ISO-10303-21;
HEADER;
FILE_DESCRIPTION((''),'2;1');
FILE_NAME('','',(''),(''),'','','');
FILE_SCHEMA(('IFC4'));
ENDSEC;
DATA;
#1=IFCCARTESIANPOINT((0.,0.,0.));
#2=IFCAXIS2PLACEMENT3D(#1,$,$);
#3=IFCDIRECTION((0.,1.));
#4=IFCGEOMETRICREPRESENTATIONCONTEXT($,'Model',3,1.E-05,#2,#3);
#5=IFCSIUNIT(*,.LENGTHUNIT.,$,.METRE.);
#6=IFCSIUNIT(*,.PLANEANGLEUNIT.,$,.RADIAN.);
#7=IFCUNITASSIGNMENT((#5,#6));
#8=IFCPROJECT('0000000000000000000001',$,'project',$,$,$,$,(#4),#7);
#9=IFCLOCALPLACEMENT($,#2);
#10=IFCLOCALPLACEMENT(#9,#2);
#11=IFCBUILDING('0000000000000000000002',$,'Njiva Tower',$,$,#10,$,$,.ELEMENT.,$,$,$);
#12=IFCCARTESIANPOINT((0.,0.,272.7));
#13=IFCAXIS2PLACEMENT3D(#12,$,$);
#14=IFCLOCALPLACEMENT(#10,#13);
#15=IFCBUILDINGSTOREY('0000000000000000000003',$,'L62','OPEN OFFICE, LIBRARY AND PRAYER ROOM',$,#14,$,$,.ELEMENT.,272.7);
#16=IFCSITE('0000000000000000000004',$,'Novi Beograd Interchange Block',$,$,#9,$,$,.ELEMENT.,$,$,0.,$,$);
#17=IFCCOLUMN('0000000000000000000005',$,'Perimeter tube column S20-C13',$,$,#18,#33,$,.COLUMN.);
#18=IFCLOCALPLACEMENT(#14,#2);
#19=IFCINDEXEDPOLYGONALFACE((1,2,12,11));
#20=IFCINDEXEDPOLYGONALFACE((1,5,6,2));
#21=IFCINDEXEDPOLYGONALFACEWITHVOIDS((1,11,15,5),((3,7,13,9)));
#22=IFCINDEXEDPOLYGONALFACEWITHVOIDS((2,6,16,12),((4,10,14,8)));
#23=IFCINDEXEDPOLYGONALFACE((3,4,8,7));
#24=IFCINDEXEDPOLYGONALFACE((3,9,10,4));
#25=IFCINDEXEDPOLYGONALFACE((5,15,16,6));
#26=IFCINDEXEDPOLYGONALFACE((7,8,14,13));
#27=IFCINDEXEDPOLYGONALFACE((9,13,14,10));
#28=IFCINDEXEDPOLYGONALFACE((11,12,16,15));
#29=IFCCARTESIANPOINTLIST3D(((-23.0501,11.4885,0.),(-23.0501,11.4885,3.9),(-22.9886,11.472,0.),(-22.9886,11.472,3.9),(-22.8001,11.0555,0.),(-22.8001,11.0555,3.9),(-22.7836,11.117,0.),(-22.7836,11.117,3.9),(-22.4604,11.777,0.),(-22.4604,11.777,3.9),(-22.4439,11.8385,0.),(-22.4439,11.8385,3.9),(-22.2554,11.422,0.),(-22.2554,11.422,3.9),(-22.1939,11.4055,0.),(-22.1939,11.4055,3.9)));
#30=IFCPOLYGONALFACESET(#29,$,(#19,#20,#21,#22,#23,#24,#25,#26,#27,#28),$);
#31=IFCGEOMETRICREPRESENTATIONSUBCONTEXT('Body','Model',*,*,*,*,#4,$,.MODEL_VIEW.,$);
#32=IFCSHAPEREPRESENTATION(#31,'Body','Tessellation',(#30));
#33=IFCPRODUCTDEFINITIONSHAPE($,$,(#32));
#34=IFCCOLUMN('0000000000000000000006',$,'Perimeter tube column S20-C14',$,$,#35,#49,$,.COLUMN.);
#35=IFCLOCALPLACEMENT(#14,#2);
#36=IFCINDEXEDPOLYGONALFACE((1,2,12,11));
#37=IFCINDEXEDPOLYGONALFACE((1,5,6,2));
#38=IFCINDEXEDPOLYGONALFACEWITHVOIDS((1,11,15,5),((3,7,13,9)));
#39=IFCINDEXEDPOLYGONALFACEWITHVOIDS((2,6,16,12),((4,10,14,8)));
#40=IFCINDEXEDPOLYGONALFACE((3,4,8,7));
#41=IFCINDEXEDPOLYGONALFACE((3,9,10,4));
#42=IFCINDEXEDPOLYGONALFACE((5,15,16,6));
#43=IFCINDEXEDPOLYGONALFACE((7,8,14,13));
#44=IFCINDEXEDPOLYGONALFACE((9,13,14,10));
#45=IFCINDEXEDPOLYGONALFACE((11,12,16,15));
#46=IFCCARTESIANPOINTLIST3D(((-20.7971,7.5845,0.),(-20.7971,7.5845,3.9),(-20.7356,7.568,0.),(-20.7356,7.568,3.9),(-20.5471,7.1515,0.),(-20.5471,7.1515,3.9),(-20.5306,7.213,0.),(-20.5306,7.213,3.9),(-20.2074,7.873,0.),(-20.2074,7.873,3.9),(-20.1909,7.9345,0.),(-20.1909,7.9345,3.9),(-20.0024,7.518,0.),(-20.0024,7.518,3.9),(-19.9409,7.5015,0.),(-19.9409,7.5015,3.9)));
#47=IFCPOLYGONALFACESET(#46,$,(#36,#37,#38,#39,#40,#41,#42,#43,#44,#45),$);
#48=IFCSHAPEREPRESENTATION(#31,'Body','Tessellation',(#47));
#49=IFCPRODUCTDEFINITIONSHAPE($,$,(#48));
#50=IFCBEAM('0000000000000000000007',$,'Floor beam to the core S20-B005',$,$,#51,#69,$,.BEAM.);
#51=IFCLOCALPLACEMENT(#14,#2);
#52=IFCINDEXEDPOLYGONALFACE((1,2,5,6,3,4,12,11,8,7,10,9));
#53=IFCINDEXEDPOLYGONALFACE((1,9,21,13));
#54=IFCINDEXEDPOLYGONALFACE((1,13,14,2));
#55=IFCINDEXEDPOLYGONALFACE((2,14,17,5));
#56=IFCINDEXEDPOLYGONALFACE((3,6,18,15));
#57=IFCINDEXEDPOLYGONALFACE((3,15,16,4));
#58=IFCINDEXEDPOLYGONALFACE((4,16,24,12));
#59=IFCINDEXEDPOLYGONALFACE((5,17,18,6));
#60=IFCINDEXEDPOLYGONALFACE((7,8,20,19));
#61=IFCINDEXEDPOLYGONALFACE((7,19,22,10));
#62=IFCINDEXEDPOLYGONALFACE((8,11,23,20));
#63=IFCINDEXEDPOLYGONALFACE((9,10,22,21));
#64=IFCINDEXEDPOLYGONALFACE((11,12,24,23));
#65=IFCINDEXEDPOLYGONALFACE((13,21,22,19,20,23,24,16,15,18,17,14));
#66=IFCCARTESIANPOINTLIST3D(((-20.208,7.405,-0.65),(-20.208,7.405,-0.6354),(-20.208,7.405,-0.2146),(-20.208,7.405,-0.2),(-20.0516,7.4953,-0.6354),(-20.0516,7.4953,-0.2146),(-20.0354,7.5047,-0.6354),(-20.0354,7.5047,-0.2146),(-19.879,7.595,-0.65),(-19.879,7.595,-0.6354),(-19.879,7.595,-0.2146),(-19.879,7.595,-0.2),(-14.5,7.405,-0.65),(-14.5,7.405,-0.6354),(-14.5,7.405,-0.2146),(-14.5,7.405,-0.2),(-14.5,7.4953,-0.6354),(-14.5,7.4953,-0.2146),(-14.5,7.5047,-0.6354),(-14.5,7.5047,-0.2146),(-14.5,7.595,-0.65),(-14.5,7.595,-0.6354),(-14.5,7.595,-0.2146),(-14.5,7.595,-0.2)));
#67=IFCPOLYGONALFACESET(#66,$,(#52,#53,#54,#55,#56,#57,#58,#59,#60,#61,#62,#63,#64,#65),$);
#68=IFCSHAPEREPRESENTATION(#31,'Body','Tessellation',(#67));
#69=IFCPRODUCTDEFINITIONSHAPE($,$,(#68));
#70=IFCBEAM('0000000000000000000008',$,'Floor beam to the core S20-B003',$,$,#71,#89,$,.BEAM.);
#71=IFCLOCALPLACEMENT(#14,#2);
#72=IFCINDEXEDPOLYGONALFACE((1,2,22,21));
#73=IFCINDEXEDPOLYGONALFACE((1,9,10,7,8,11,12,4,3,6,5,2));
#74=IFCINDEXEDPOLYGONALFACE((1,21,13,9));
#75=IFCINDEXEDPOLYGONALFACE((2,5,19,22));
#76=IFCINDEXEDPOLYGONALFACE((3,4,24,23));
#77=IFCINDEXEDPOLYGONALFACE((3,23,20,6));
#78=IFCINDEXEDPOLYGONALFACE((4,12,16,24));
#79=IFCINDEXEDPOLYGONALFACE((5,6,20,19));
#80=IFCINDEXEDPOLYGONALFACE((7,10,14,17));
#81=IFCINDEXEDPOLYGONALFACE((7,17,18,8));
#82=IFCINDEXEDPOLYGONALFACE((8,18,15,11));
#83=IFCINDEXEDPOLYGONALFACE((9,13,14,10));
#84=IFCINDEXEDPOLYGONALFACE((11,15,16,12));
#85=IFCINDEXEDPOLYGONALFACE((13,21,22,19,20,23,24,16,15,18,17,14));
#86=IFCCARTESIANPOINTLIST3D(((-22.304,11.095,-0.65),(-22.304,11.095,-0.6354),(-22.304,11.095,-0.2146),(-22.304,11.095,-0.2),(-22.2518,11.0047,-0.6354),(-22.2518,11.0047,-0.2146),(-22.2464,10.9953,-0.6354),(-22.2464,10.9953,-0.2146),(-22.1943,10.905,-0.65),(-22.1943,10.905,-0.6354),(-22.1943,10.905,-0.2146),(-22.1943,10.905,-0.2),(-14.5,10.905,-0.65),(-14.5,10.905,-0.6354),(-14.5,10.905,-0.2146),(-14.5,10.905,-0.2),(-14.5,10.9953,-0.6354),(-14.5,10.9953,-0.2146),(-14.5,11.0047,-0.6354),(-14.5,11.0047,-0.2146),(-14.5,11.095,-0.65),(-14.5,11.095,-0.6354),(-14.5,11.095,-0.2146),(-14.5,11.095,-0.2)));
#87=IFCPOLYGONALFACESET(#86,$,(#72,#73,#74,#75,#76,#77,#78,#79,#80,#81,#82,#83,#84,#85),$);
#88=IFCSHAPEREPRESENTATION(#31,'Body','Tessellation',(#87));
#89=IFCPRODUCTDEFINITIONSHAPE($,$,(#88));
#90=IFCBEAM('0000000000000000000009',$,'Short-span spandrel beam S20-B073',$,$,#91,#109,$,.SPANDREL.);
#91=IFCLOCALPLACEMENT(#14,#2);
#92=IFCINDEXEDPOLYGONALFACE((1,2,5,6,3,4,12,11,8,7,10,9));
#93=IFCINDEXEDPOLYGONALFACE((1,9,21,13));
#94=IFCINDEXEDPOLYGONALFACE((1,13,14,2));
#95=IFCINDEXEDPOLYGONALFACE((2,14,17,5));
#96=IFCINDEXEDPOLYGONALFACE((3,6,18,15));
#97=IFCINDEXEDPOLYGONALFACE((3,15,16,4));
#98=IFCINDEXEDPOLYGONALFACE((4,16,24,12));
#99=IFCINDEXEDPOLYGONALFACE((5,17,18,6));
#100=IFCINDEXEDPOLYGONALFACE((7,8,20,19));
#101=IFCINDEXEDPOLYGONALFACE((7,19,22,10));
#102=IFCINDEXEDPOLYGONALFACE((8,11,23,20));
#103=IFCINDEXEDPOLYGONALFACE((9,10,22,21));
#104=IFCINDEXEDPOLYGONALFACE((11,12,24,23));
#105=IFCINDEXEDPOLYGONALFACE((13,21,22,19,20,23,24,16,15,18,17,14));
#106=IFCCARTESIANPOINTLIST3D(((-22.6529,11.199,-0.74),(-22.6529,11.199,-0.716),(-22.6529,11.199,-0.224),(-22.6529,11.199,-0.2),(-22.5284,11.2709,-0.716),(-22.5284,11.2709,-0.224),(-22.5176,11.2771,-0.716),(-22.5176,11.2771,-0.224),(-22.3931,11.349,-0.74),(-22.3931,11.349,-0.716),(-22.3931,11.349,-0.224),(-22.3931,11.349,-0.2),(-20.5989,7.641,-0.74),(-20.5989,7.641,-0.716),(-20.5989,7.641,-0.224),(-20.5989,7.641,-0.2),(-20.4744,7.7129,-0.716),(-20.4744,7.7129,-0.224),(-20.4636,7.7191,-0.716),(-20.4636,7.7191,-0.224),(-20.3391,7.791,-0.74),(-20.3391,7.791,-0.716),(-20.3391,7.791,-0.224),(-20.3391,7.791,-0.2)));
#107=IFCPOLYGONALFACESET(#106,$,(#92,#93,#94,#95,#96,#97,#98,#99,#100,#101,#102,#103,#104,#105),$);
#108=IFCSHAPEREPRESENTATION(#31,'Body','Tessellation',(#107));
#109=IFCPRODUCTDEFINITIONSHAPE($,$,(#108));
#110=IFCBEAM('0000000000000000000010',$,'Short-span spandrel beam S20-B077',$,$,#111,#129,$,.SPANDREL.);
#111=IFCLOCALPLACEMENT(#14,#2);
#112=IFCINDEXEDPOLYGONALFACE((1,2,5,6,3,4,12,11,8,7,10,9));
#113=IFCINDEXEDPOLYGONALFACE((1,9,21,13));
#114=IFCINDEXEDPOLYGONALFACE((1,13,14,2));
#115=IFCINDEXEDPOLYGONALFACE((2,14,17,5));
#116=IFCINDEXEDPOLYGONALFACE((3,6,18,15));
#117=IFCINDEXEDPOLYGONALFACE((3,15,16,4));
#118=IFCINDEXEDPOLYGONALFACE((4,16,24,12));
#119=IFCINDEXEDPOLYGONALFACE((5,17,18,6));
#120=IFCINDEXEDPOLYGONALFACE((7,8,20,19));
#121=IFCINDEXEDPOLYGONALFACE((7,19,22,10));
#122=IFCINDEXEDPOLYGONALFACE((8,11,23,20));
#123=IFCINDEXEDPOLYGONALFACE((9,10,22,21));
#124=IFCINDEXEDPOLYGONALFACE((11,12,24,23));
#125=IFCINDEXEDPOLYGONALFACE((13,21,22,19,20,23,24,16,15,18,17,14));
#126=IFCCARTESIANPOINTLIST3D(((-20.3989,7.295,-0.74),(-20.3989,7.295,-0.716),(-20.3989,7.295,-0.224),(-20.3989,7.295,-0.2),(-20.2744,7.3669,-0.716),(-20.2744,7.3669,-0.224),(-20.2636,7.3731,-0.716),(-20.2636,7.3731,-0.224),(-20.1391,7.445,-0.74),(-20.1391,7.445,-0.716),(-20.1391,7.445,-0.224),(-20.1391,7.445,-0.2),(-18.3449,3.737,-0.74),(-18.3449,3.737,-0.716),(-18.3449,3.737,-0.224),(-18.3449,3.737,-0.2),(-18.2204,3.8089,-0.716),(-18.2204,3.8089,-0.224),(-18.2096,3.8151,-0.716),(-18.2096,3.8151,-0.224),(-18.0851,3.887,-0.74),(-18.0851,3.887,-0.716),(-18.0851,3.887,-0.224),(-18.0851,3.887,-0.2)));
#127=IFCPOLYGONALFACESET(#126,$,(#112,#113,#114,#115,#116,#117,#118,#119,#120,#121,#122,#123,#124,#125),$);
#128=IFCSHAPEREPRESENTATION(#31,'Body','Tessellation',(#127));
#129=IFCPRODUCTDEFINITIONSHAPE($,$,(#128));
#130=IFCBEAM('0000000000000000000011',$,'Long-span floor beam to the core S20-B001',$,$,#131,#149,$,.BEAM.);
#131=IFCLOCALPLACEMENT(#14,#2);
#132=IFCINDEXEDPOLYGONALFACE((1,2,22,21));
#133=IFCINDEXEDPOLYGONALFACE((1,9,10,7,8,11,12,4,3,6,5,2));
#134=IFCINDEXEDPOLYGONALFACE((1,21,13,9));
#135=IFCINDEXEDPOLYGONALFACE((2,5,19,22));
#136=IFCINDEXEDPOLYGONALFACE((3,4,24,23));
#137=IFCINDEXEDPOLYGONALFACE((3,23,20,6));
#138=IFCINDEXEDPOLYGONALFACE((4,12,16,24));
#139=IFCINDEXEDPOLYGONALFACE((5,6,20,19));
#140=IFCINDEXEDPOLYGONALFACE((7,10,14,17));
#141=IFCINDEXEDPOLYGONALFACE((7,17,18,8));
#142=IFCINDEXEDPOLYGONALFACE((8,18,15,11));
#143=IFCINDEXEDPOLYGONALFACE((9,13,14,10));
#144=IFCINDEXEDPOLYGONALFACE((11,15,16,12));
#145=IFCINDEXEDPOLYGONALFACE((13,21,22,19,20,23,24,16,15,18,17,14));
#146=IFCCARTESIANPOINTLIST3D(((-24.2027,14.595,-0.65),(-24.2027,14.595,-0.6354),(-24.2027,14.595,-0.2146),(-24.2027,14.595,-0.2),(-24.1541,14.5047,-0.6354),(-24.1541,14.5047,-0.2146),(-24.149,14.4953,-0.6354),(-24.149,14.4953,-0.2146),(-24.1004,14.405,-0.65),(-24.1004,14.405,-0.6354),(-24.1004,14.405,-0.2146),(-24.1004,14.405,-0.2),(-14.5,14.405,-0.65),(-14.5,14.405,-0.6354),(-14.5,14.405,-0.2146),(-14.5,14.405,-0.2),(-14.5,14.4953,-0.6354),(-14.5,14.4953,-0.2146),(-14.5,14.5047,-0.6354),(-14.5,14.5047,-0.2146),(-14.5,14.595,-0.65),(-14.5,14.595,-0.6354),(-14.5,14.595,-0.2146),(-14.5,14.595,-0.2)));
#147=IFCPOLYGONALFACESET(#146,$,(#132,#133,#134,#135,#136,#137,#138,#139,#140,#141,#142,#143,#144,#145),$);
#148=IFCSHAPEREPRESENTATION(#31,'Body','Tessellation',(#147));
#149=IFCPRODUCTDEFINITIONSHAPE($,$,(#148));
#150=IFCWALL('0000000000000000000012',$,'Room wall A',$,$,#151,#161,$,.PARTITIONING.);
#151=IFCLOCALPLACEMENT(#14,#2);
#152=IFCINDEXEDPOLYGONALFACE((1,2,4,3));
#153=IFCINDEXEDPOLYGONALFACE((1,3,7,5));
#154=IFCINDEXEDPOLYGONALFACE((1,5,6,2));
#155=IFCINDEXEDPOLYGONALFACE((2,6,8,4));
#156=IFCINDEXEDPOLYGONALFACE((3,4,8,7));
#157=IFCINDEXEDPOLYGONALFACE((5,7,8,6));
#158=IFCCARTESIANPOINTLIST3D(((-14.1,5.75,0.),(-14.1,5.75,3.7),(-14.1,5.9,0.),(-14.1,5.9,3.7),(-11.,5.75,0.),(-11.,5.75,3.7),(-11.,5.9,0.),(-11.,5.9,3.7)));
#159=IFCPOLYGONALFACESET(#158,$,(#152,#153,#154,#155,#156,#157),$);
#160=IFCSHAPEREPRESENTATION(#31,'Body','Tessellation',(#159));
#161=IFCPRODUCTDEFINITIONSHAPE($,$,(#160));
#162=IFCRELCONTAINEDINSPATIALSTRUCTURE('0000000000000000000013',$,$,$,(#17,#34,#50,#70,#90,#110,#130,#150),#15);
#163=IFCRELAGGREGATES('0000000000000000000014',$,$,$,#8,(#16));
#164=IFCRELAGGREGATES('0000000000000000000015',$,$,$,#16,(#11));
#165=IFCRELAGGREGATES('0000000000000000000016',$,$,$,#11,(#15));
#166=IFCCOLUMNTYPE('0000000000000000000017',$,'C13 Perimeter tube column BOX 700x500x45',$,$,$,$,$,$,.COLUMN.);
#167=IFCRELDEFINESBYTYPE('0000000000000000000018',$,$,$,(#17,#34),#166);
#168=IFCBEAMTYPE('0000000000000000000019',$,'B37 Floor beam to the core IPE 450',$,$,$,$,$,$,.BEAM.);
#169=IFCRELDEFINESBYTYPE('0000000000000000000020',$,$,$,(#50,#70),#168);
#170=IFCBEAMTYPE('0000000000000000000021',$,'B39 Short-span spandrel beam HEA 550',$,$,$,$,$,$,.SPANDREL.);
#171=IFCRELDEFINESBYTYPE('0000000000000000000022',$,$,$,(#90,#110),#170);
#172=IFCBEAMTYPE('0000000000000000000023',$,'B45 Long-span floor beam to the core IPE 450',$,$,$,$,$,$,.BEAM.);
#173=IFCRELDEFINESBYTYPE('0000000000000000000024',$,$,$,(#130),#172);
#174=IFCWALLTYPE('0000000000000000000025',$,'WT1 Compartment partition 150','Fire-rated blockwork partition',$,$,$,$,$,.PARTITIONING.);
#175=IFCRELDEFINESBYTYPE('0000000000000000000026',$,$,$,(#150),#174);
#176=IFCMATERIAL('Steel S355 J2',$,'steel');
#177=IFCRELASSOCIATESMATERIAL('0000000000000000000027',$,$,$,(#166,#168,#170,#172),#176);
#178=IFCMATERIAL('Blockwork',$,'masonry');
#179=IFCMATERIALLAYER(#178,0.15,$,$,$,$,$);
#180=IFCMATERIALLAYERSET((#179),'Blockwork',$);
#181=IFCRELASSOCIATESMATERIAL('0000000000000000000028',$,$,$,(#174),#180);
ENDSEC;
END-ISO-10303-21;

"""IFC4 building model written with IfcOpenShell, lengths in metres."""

from ifc_helpers import new_model, si_unit, direction, frame, frame_2d, origin, origin_2d, place, context, subcontext, project, spatial, rectangle, hollow_rectangle, i_section, extrude, clip, halfspace, material, layer, layer_set, material_profile, profile_set, type_object, element, save


model = new_model("IFC4")

# Units and contexts
model_context = context("Model", 3, precision=1e-05, world=origin(), true_north=direction((0.0, 1.0)))
body_context = subcontext(model_context, "Body", "Model", "MODEL_VIEW")
ifc_project = project(units=[si_unit("LENGTHUNIT", "METRE"), si_unit("PLANEANGLEUNIT", "RADIAN")], contexts=[model_context])

# Site, building, storey
site_placement = place(None, origin())
site = spatial("IfcSite", under=ifc_project, at=site_placement, Name="Novi Beograd Interchange Block", CompositionType="ELEMENT", RefElevation=0.0)
building_placement = place(site_placement, origin())
building = spatial("IfcBuilding", under=site, at=building_placement, Name="Njiva Tower", CompositionType="ELEMENT")
storey_placement = place(building_placement, frame((0.0, 0.0, 272.7)))
storey = spatial("IfcBuildingStorey", under=building, at=storey_placement, Name="L62", Description="OPEN OFFICE, LIBRARY AND PRAYER ROOM", CompositionType="ELEMENT", Elevation=272.7)

# Columns
ifc_material_1 = material(Name="Steel S355 J2", Category="steel")
ifc_material_profile_1 = material_profile(ifc_material_1, hollow_rectangle(XDim=0.5, YDim=0.7, WallThickness=0.045, at=origin_2d()), Name="BOX 700x500x45")
ifc_profile_set_1 = profile_set([ifc_material_profile_1], Name="Steel S355 J2")
column_type = type_object("IfcColumnType", Name="C13 Perimeter tube column BOX 700x500x45", PredefinedType="COLUMN", material=ifc_profile_set_1)
for number, where, z_axis, x_axis, name in (
    (1, (-22.622, 11.447, 0.0), (0.0, 0.0, 1.0), (0.5, -0.866025, 0.0), "Perimeter tube column S20-C13"),
    (2, (-20.369, 7.543, 0.0), (0.0, 0.0, 1.0), (0.5, -0.866025, 0.0), "Perimeter tube column S20-C14"),
):
    element("IfcColumn", number, at=place(storey_placement, frame(where, z_axis=z_axis, x_axis=x_axis)), inside=storey, type_object=column_type, Name=name, PredefinedType="COLUMN", context=body_context, shape_type="SweptSolid", body=[
        extrude(hollow_rectangle(XDim=0.5, YDim=0.7, WallThickness=0.045, at=origin_2d()), origin(), (0.0, 0.0, 1.0), 3.9),
    ])

# Beams
ifc_material_profile_2 = material_profile(ifc_material_1, i_section(OverallWidth=0.19, OverallDepth=0.45, WebThickness=0.0094, FlangeThickness=0.0146, at=origin_2d()), Name="IPE 450")
ifc_profile_set_2 = profile_set([ifc_material_profile_2], Name="Steel S355 J2")
beam_type_1 = type_object("IfcBeamType", Name="B37 Floor beam to the core IPE 450", PredefinedType="BEAM", material=ifc_profile_set_2)
beam_1_placement = place(storey_placement, frame((-20.228, 7.5, -0.425), z_axis=(1.0, 0.0, 0.0), x_axis=(0.0, 1.0, 0.0)))
element("IfcBeam", 3, at=beam_1_placement, inside=storey, type_object=beam_type_1, Name="Floor beam to the core S20-B005", PredefinedType="BEAM", context=body_context, shape_type="Clipping", body=[
    clip(extrude(i_section(OverallWidth=0.19, OverallDepth=0.45, WebThickness=0.0094, FlangeThickness=0.0146, at=origin_2d()), origin(), (0.0, 0.0, 1.0), 5.728), halfspace(frame((0.0433, 0.0, 0.2595), z_axis=(0.866027, 0.0, -0.499998), x_axis=(0.0, -1.0, 0.0)), False)),
])
beam_2_placement = place(storey_placement, frame((-22.324, 11.0, -0.425), z_axis=(1.0, 0.0, 0.0), x_axis=(0.0, 1.0, 0.0)))
element("IfcBeam", 4, at=beam_2_placement, inside=storey, type_object=beam_type_1, Name="Floor beam to the core S20-B003", PredefinedType="BEAM", context=body_context, shape_type="Clipping", body=[
    clip(extrude(i_section(OverallWidth=0.19, OverallDepth=0.45, WebThickness=0.0094, FlangeThickness=0.0146, at=origin_2d()), origin(), (0.0, 0.0, 1.0), 7.824), halfspace(frame((-0.025, 0.0, 0.0893), z_axis=(-0.499998, 0.0, -0.866027), x_axis=(0.0, -1.0, 0.0)), False)),
])
ifc_material_profile_3 = material_profile(ifc_material_1, i_section(OverallWidth=0.3, OverallDepth=0.54, WebThickness=0.0125, FlangeThickness=0.024, at=origin_2d()), Name="HEA 550")
ifc_profile_set_3 = profile_set([ifc_material_profile_3], Name="Steel S355 J2")
beam_type_2 = type_object("IfcBeamType", Name="B39 Short-span spandrel beam HEA 550", PredefinedType="SPANDREL", material=ifc_profile_set_3)
for number, where, z_axis, x_axis, name in (
    (5, (-22.523, 11.274, -0.47), (0.499961, -0.866048, 0.0), (0.866048, 0.499961, 0.0), "Short-span spandrel beam S20-B073"),
    (6, (-20.269, 7.37, -0.47), (0.499961, -0.866048, 0.0), (0.866048, 0.499961, 0.0), "Short-span spandrel beam S20-B077"),
):
    element("IfcBeam", number, at=place(storey_placement, frame(where, z_axis=z_axis, x_axis=x_axis)), inside=storey, type_object=beam_type_2, Name=name, PredefinedType="SPANDREL", context=body_context, shape_type="SweptSolid", body=[
        extrude(i_section(OverallWidth=0.3, OverallDepth=0.54, WebThickness=0.0125, FlangeThickness=0.024, at=origin_2d()), origin(), (0.0, 0.0, 1.0), 4.1083),
    ])
ifc_material_profile_4 = material_profile(ifc_material_1, i_section(OverallWidth=0.19, OverallDepth=0.45, WebThickness=0.0094, FlangeThickness=0.0146, at=origin_2d()), Name="IPE 450")
ifc_profile_set_4 = profile_set([ifc_material_profile_4], Name="Steel S355 J2")
beam_type_3 = type_object("IfcBeamType", Name="B45 Long-span floor beam to the core IPE 450", PredefinedType="BEAM", material=ifc_profile_set_4)
beam_3_placement = place(storey_placement, frame((-24.223, 14.5, -0.425), z_axis=(1.0, 0.0, 0.0), x_axis=(0.0, 1.0, 0.0)))
element("IfcBeam", 7, at=beam_3_placement, inside=storey, type_object=beam_type_3, Name="Long-span floor beam to the core S20-B001", PredefinedType="BEAM", context=body_context, shape_type="Clipping", body=[
    clip(extrude(i_section(OverallWidth=0.19, OverallDepth=0.45, WebThickness=0.0094, FlangeThickness=0.0146, at=origin_2d()), origin(), (0.0, 0.0, 1.0), 9.723), halfspace(frame((-0.0237, 0.0, 0.0842), z_axis=(-0.473769, 0.0, -0.880649), x_axis=(0.0, -1.0, 0.0)), False)),
])

# Wall
ifc_material_2 = material(Name="Blockwork", Category="masonry")
ifc_layer_1 = layer(ifc_material_2, 0.15)
ifc_layer_set_1 = layer_set([ifc_layer_1], Name="Blockwork")
wall_type_1 = type_object("IfcWallType", Name="WT1 Compartment partition 150", Description="Fire-rated blockwork partition", PredefinedType="PARTITIONING", material=ifc_layer_set_1)
wall_1_placement = place(storey_placement, frame((-14.1, 5.825, 0.0), z_axis=(0.0, 0.0, 1.0), x_axis=(1.0, 0.0, 0.0)))
element("IfcWall", 8, at=wall_1_placement, inside=storey, type_object=wall_type_1, Name="Room wall A", PredefinedType="PARTITIONING", context=body_context, shape_type="SweptSolid", body=[
    extrude(rectangle(XDim=3.1, YDim=0.15, at=frame_2d((1.55, 0.0))), origin(), (0.0, 0.0, 1.0), 3.7),
])

save(model, "model.ifc")
